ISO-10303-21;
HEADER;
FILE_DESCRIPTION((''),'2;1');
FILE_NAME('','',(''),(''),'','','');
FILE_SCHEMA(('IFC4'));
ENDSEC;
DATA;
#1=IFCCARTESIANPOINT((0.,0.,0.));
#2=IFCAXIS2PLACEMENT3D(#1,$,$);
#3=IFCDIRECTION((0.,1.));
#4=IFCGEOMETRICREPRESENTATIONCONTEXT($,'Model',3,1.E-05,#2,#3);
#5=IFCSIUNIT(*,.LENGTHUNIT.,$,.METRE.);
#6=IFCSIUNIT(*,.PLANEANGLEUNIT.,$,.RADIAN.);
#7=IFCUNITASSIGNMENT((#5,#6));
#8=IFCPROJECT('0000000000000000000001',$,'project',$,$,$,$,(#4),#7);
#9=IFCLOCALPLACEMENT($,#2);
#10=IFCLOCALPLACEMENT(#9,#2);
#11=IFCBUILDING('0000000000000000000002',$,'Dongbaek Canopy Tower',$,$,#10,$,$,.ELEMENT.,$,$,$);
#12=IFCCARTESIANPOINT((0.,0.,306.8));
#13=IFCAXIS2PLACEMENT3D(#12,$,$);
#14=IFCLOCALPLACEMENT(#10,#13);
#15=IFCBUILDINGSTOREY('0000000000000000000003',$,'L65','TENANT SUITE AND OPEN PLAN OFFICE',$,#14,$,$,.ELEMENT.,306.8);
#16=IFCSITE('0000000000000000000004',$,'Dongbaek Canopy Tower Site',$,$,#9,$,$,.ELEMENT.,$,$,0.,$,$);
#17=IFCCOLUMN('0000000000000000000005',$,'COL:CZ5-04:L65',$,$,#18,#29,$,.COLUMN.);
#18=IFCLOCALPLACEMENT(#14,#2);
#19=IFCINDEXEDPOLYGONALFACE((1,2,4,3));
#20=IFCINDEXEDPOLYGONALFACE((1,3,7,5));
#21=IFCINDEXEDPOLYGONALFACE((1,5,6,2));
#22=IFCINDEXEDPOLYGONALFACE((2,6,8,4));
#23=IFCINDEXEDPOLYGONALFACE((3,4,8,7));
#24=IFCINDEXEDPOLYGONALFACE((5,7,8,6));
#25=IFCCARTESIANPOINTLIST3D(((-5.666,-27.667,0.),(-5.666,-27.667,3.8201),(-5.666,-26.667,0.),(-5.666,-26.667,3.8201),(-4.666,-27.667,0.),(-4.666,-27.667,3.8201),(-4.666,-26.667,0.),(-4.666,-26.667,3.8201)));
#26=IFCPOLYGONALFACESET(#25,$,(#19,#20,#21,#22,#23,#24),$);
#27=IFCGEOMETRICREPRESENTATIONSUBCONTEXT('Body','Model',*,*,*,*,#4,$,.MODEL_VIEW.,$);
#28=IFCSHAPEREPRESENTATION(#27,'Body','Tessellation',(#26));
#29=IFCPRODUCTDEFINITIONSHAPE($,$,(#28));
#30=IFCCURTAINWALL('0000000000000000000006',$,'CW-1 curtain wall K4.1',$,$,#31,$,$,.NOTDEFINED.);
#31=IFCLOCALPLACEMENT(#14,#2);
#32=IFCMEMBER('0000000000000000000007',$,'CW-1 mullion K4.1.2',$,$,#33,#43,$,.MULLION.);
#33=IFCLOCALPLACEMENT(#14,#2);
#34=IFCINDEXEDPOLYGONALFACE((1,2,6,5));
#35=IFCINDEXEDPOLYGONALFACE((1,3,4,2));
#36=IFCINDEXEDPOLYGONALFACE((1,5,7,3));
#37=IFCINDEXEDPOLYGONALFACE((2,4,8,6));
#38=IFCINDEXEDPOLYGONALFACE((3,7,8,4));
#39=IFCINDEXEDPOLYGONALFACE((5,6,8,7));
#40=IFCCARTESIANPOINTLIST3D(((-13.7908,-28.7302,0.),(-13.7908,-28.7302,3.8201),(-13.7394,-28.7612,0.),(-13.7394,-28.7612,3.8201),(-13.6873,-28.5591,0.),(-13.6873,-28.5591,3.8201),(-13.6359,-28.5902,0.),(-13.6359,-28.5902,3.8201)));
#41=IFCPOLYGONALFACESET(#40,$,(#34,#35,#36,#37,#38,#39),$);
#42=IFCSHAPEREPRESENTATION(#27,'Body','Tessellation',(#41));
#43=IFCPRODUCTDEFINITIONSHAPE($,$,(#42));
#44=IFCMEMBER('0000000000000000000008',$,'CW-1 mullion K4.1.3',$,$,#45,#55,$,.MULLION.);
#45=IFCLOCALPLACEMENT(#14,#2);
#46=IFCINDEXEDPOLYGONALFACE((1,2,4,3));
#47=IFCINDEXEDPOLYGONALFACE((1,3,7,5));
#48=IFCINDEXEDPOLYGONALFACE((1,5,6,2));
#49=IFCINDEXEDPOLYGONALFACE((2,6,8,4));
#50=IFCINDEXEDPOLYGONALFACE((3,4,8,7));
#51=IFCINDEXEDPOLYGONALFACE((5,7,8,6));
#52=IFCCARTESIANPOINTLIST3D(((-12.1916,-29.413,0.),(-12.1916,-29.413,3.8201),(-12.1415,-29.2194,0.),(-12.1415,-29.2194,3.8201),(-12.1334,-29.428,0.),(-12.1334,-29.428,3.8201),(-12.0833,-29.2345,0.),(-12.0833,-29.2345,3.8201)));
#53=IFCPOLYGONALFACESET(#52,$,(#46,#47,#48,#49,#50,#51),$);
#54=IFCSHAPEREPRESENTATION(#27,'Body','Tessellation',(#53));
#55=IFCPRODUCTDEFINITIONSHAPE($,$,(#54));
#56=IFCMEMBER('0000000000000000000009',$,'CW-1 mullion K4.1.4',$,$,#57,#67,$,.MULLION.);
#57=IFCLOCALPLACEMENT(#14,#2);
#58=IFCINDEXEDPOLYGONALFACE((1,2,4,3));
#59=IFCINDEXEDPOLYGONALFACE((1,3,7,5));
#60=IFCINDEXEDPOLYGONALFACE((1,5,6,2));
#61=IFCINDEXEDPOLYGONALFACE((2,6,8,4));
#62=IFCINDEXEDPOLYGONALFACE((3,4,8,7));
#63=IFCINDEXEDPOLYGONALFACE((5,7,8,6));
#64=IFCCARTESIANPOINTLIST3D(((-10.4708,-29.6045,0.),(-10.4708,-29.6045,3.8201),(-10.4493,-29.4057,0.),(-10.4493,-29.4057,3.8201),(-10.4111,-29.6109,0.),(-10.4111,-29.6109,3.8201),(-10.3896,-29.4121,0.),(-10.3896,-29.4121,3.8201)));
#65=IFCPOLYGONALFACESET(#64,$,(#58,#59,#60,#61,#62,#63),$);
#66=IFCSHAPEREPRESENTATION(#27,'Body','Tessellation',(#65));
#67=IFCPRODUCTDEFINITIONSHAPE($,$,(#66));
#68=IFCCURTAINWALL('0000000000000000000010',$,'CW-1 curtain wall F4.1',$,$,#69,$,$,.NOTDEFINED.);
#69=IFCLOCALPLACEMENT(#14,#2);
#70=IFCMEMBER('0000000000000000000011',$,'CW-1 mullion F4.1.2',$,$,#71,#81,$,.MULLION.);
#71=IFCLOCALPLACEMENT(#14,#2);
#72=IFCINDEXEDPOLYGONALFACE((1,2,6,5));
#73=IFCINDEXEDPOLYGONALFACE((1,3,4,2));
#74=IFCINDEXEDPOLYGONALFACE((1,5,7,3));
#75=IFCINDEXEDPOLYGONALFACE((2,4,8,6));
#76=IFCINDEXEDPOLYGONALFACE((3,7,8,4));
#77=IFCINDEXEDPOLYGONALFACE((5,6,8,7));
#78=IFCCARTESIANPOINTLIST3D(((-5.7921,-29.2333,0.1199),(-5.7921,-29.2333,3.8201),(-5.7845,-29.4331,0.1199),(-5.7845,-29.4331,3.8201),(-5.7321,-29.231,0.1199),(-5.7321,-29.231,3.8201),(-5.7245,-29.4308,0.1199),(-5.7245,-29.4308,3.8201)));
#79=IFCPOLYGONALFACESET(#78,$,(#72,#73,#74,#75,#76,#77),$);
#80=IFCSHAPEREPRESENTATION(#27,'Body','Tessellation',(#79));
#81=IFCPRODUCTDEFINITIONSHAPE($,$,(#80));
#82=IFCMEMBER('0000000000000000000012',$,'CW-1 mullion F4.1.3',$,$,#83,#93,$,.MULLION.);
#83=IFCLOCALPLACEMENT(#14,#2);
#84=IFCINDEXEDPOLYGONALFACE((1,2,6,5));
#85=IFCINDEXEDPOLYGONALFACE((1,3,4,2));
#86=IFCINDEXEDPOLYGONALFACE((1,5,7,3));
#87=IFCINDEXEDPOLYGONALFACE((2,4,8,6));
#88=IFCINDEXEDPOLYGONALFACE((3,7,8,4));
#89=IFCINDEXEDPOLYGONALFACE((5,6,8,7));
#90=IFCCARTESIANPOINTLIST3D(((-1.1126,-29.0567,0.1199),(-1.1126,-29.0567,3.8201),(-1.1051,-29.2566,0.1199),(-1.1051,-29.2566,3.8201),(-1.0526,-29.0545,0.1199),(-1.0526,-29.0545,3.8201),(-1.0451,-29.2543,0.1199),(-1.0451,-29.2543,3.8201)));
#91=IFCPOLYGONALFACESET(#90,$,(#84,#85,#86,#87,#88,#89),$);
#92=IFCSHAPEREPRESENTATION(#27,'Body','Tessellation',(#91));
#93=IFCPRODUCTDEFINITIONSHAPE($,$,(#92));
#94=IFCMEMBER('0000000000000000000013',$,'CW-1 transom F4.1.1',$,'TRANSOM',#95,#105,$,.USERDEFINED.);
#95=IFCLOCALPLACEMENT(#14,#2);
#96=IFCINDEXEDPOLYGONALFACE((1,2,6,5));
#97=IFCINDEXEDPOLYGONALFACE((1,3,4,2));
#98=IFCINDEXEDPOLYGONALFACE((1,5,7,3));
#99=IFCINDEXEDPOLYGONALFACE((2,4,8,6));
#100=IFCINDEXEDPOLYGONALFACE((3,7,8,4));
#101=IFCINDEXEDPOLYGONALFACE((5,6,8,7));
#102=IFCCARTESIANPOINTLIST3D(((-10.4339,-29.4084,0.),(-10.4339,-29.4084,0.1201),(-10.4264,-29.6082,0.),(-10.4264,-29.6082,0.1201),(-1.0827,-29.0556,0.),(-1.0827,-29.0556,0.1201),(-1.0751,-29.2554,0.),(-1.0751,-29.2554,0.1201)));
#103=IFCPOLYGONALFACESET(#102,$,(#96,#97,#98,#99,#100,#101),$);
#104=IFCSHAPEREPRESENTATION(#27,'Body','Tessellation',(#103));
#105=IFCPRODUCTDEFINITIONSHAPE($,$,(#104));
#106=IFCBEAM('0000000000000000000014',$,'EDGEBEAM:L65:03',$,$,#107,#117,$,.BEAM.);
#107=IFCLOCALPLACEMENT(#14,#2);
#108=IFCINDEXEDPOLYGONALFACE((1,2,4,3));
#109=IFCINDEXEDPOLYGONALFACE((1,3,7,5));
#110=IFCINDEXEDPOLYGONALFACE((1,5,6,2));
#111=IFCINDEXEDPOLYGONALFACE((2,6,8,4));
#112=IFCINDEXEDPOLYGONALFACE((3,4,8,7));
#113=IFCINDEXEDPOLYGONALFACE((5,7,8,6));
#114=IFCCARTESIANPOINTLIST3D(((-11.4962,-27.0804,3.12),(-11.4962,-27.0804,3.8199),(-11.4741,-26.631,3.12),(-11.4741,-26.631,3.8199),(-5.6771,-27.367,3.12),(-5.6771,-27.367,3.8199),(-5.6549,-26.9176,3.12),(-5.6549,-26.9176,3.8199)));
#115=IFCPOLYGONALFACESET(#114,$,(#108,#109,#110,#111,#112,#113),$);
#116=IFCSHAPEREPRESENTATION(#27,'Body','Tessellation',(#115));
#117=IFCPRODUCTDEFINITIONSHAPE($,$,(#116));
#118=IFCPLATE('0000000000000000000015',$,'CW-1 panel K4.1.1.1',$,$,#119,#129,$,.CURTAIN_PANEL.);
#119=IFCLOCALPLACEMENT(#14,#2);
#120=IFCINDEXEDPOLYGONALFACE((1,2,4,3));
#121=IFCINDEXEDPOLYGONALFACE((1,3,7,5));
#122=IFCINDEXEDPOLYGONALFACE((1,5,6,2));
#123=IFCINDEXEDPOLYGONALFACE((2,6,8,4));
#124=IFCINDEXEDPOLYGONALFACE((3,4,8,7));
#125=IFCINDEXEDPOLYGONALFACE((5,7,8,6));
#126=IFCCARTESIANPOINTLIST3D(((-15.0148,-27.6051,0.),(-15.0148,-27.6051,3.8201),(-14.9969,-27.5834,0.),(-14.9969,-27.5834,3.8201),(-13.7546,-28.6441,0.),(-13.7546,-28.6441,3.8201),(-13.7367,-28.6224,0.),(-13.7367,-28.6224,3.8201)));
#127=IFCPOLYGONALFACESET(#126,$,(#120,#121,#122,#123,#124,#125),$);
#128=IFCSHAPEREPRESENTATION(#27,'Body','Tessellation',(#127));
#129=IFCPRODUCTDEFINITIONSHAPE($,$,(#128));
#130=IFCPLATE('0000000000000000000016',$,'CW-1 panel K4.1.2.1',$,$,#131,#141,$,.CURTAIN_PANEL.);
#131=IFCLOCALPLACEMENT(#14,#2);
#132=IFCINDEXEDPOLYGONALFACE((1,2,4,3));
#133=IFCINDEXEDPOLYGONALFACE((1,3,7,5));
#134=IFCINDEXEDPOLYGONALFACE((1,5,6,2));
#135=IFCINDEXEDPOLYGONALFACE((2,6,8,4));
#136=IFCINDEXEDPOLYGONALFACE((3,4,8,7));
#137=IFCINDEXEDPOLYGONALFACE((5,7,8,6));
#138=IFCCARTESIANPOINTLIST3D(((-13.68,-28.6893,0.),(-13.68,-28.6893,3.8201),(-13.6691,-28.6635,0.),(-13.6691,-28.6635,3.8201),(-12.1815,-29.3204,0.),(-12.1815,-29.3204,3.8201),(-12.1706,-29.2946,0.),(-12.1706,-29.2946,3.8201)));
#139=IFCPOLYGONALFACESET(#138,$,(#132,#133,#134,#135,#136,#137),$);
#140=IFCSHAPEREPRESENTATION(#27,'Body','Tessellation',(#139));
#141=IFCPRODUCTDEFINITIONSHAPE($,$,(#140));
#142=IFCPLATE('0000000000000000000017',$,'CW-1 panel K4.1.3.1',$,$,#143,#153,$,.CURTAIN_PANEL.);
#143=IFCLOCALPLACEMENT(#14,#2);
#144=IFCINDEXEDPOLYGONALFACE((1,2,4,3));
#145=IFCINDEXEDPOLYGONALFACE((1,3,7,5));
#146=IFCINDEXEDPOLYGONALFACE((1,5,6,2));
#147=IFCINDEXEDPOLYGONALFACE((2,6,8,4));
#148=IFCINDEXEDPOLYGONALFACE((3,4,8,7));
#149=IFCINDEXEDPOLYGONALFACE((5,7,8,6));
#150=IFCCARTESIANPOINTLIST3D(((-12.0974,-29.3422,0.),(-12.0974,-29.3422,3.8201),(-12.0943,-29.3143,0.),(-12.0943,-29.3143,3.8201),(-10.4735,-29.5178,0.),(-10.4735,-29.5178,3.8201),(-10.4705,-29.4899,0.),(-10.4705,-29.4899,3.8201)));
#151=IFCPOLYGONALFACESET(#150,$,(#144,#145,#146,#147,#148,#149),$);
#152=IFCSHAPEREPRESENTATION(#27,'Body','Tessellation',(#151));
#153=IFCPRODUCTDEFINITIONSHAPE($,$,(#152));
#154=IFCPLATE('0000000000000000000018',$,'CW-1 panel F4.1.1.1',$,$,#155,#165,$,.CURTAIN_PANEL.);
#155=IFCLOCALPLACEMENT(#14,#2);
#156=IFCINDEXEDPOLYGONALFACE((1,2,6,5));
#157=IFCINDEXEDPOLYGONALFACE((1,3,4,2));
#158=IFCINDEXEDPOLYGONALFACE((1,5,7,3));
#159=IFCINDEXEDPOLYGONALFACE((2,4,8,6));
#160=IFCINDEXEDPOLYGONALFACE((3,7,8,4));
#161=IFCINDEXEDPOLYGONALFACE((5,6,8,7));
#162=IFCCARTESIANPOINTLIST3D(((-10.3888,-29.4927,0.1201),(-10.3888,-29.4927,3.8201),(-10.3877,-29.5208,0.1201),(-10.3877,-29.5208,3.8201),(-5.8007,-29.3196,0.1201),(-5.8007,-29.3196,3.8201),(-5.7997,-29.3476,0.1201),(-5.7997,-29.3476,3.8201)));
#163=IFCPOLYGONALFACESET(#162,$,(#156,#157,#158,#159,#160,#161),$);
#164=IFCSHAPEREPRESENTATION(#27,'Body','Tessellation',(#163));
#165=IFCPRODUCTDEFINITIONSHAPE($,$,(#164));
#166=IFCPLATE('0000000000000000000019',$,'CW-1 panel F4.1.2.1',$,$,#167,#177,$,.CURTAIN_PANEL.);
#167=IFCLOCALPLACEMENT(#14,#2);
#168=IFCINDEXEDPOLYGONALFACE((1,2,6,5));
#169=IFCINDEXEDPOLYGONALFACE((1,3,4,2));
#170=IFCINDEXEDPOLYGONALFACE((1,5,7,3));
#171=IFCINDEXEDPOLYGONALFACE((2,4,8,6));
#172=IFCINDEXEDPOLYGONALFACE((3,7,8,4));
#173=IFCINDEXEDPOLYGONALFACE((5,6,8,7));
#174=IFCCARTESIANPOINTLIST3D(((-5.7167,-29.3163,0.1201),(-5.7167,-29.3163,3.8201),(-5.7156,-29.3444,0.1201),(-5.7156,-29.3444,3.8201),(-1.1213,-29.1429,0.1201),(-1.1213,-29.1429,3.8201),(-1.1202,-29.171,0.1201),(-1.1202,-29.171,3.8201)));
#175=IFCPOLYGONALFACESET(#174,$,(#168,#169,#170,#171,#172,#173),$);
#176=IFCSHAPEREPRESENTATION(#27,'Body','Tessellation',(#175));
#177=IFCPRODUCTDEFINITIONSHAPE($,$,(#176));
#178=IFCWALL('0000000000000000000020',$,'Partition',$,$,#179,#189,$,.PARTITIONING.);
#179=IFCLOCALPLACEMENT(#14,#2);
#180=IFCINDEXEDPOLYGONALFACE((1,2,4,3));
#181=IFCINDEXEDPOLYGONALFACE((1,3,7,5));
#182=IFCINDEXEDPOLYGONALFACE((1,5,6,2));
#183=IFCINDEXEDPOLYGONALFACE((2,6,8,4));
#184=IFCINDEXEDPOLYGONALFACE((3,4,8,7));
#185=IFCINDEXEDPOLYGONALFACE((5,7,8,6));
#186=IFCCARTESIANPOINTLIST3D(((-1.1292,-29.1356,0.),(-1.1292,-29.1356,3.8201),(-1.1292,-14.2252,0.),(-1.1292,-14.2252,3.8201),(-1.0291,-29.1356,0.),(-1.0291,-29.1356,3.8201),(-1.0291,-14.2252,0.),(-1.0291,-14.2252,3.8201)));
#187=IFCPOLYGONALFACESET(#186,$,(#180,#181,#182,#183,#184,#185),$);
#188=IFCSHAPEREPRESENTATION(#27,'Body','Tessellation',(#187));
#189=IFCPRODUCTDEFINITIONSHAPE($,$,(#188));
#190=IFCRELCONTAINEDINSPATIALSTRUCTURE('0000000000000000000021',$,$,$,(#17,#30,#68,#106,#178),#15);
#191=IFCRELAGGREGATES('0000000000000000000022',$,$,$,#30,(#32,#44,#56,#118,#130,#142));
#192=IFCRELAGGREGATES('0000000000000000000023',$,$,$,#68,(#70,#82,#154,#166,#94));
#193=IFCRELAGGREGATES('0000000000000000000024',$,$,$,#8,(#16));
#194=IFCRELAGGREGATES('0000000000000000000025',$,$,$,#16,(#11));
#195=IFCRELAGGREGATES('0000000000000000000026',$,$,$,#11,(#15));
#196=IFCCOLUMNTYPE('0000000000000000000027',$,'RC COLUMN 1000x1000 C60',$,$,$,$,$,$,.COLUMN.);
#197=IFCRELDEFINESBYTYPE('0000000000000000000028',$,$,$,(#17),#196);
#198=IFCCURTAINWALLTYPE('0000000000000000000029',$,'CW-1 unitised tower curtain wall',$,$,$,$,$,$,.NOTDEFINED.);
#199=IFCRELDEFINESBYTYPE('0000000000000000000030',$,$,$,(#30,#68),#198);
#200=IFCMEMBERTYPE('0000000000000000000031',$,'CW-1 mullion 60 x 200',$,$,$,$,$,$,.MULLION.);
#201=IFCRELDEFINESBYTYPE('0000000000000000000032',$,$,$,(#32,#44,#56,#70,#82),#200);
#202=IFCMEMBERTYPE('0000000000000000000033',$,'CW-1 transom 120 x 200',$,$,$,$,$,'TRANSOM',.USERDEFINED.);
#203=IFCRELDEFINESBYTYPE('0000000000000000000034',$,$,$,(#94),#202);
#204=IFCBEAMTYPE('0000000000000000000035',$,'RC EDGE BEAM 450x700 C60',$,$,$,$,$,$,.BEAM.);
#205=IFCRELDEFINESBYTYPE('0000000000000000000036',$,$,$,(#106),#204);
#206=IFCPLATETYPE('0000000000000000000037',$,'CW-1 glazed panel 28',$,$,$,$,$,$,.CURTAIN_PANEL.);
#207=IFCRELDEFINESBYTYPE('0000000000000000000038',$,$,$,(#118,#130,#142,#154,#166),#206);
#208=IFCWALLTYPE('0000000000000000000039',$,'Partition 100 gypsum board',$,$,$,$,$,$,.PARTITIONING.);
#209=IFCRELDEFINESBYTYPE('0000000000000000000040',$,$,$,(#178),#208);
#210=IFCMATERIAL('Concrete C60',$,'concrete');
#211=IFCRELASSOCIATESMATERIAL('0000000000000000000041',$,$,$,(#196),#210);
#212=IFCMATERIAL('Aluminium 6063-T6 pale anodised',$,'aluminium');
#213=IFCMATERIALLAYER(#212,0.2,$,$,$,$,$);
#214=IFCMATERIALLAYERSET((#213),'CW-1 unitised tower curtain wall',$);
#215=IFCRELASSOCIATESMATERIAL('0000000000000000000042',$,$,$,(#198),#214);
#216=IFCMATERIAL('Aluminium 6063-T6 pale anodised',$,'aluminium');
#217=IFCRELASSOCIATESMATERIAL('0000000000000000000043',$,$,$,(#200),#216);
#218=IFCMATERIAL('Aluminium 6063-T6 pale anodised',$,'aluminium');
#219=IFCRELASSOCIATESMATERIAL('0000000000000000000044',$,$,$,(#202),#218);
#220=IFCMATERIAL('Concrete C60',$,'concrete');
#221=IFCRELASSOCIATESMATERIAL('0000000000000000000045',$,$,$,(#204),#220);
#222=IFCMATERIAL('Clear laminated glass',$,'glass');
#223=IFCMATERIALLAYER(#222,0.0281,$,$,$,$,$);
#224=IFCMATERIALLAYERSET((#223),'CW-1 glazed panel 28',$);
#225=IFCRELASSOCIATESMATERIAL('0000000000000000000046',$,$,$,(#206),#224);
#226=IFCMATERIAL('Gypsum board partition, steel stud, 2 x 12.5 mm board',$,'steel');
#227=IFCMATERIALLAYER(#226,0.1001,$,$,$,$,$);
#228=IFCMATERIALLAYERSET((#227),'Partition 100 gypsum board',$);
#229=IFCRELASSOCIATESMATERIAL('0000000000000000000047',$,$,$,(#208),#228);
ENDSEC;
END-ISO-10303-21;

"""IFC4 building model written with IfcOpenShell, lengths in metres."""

from ifc_helpers import new_model, si_unit, direction, frame, frame_2d, origin, origin_2d, place, context, subcontext, project, spatial, rectangle, extrude, material, layer, layer_set, material_profile, profile_set, type_object, element, aggregate, save


model = new_model("IFC4")

# Units and contexts
model_context = context("Model", 3, precision=1e-05, world=origin(), true_north=direction((0.0, 1.0)))
body_context = subcontext(model_context, "Body", "Model", "MODEL_VIEW")
ifc_project = project(units=[si_unit("LENGTHUNIT", "METRE"), si_unit("PLANEANGLEUNIT", "RADIAN")], contexts=[model_context])

# Site, building, storey
site_placement = place(None, origin())
site = spatial("IfcSite", under=ifc_project, at=site_placement, Name="Dongbaek Canopy Tower Site", CompositionType="ELEMENT", RefElevation=0.0)
building_placement = place(site_placement, origin())
building = spatial("IfcBuilding", under=site, at=building_placement, Name="Dongbaek Canopy Tower", CompositionType="ELEMENT")
storey_placement = place(building_placement, frame((0.0, 0.0, 306.8)))
storey = spatial("IfcBuildingStorey", under=building, at=storey_placement, Name="L65", Description="TENANT SUITE AND OPEN PLAN OFFICE", CompositionType="ELEMENT", Elevation=306.8)

# Column
ifc_material_1 = material(Name="Concrete C60", Category="concrete")
ifc_material_profile_1 = material_profile(ifc_material_1, rectangle(XDim=1.0, YDim=1.0, at=origin_2d()), Name="RC COLUMN 1000x1000 C60")
ifc_profile_set_1 = profile_set([ifc_material_profile_1], Name="Concrete C60")
column_type = type_object("IfcColumnType", Name="RC COLUMN 1000x1000 C60", PredefinedType="COLUMN", material=ifc_profile_set_1)
column_placement = place(storey_placement, frame((-5.166, -27.167, 0.0), z_axis=(0.0, 0.0, 1.0), x_axis=(1.0, 0.0, 0.0)))
element("IfcColumn", 1, at=column_placement, inside=storey, type_object=column_type, Name="COL:CZ5-04:L65", PredefinedType="COLUMN", context=body_context, shape_type="SweptSolid", body=[
    extrude(rectangle(XDim=1.0, YDim=1.0, at=origin_2d()), origin(), (0.0, 0.0, 1.0), 3.8201),
])

# Curtain walls, members
ifc_material_2 = material(Name="Aluminium 6063-T6 pale anodised", Category="aluminium")
ifc_layer_1 = layer(ifc_material_2, 0.2)
ifc_layer_set_1 = layer_set([ifc_layer_1], Name="CW-1 unitised tower curtain wall")
curtain_wall_type = type_object("IfcCurtainWallType", Name="CW-1 unitised tower curtain wall", PredefinedType="NOTDEFINED", material=ifc_layer_set_1)
curtain_wall_1_placement = place(storey_placement, origin())
curtain_wall_1 = element("IfcCurtainWall", 2, at=curtain_wall_1_placement, inside=storey, type_object=curtain_wall_type, Name="CW-1 curtain wall K4.1", PredefinedType="NOTDEFINED")
ifc_material_3 = material(Name="Aluminium 6063-T6 pale anodised", Category="aluminium")
ifc_material_profile_2 = material_profile(ifc_material_3, rectangle(XDim=0.2, YDim=0.0601, at=origin_2d()), Name="CW-1 mullion 60 x 200")
ifc_profile_set_2 = profile_set([ifc_material_profile_2], Name="Aluminium 6063-T6 pale anodised")
member_type_1 = type_object("IfcMemberType", Name="CW-1 mullion 60 x 200", PredefinedType="MULLION", material=ifc_profile_set_2)
member_1_placement = place(storey_placement, frame((-13.7134, -28.6602, 0.0), z_axis=(0.0, 0.0, 1.0), x_axis=(-0.517606, -0.855619, 0.0)))
member_1 = element("IfcMember", 3, at=member_1_placement, type_object=member_type_1, Name="CW-1 mullion K4.1.2", PredefinedType="MULLION", context=body_context, shape_type="SweptSolid", body=[
    extrude(rectangle(XDim=0.2, YDim=0.0601, at=origin_2d()), origin(), (0.0, 0.0, 1.0), 3.8201),
])
member_2_placement = place(storey_placement, frame((-12.1375, -29.3237, 0.0), z_axis=(0.0, 0.0, 1.0), x_axis=(-0.250469, -0.968125, 0.0)))
member_2 = element("IfcMember", 4, at=member_2_placement, type_object=member_type_1, Name="CW-1 mullion K4.1.3", PredefinedType="MULLION", context=body_context, shape_type="SweptSolid", body=[
    extrude(rectangle(XDim=0.2, YDim=0.0601, at=origin_2d()), origin(), (0.0, 0.0, 1.0), 3.8201),
])
member_3_placement = place(storey_placement, frame((-10.4302, -29.5083, 0.0), z_axis=(0.0, 0.0, 1.0), x_axis=(-0.107514, -0.994204, 0.0)))
member_3 = element("IfcMember", 5, at=member_3_placement, type_object=member_type_1, Name="CW-1 mullion K4.1.4", PredefinedType="MULLION", context=body_context, shape_type="SweptSolid", body=[
    extrude(rectangle(XDim=0.2, YDim=0.0601, at=origin_2d()), origin(), (0.0, 0.0, 1.0), 3.8201),
])
curtain_wall_2_placement = place(storey_placement, origin())
curtain_wall_2 = element("IfcCurtainWall", 6, at=curtain_wall_2_placement, inside=storey, type_object=curtain_wall_type, Name="CW-1 curtain wall F4.1", PredefinedType="NOTDEFINED")
member_4_placement = place(storey_placement, frame((-5.7583, -29.332, 0.1199), z_axis=(0.0, 0.0, 1.0), x_axis=(0.037712, -0.999289, 0.0)))
member_4 = element("IfcMember", 7, at=member_4_placement, type_object=member_type_1, Name="CW-1 mullion F4.1.2", PredefinedType="MULLION", context=body_context, shape_type="SweptSolid", body=[
    extrude(rectangle(XDim=0.2, YDim=0.0601, at=origin_2d()), origin(), (0.0, 0.0, 1.0), 3.7002),
])
member_5_placement = place(storey_placement, frame((-1.0789, -29.1555, 0.1199), z_axis=(0.0, 0.0, 1.0), x_axis=(0.037712, -0.999289, 0.0)))
member_5 = element("IfcMember", 8, at=member_5_placement, type_object=member_type_1, Name="CW-1 mullion F4.1.3", PredefinedType="MULLION", context=body_context, shape_type="SweptSolid", body=[
    extrude(rectangle(XDim=0.2, YDim=0.0601, at=origin_2d()), origin(), (0.0, 0.0, 1.0), 3.7002),
])
ifc_material_4 = material(Name="Aluminium 6063-T6 pale anodised", Category="aluminium")
ifc_material_profile_3 = material_profile(ifc_material_4, rectangle(XDim=0.2, YDim=0.1201, at=origin_2d()), Name="CW-1 transom 120 x 200")
ifc_profile_set_3 = profile_set([ifc_material_profile_3], Name="Aluminium 6063-T6 pale anodised")
member_type_2 = type_object("IfcMemberType", Name="CW-1 transom 120 x 200", ElementType="TRANSOM", PredefinedType="USERDEFINED", material=ifc_profile_set_3)
member_6_placement = place(storey_placement, frame((-10.4302, -29.5083, 0.0601), z_axis=(0.999289, 0.037699, 0.0), x_axis=(-0.037699, 0.999289, 0.0)))
member_6 = element("IfcMember", 9, at=member_6_placement, type_object=member_type_2, Name="CW-1 transom F4.1.1", ObjectType="TRANSOM", PredefinedType="USERDEFINED", context=body_context, shape_type="SweptSolid", body=[
    extrude(rectangle(XDim=0.2, YDim=0.1201, at=origin_2d()), origin(), (0.0, 0.0, 1.0), 9.3579),
])

# Beam
ifc_material_5 = material(Name="Concrete C60", Category="concrete")
ifc_material_profile_4 = material_profile(ifc_material_5, rectangle(XDim=0.45, YDim=0.7, at=origin_2d()), Name="RC EDGE BEAM 450x700 C60")
ifc_profile_set_4 = profile_set([ifc_material_profile_4], Name="Concrete C60")
beam_type = type_object("IfcBeamType", Name="RC EDGE BEAM 450x700 C60", PredefinedType="BEAM", material=ifc_profile_set_4)
beam_placement = place(storey_placement, frame((-5.666, -27.1423, 3.47), z_axis=(-0.998789, 0.049196, 0.0), x_axis=(-0.049196, -0.998789, 0.0)))
element("IfcBeam", 10, at=beam_placement, inside=storey, type_object=beam_type, Name="EDGEBEAM:L65:03", PredefinedType="BEAM", context=body_context, shape_type="SweptSolid", body=[
    extrude(rectangle(XDim=0.45, YDim=0.7, at=origin_2d()), origin(), (0.0, 0.0, 1.0), 5.8262),
])

# Plates
ifc_material_6 = material(Name="Clear laminated glass", Category="glass")
ifc_layer_2 = layer(ifc_material_6, 0.0281)
ifc_layer_set_2 = layer_set([ifc_layer_2], Name="CW-1 glazed panel 28")
plate_type = type_object("IfcPlateType", Name="CW-1 glazed panel 28", PredefinedType="CURTAIN_PANEL", material=ifc_layer_set_2)
plate_1_placement = place(storey_placement, frame((-14.3757, -28.1138, 0.0), z_axis=(0.0, 0.0, 1.0), x_axis=(0.771568, -0.636147, 0.0)))
plate_1 = element("IfcPlate", 11, at=plate_1_placement, type_object=plate_type, Name="CW-1 panel K4.1.1.1", PredefinedType="CURTAIN_PANEL", context=body_context, shape_type="SweptSolid", body=[
    extrude(rectangle(XDim=1.6333, YDim=0.0281, at=origin_2d()), origin(), (0.0, 0.0, 1.0), 3.8201),
])
plate_2_placement = place(storey_placement, frame((-12.9253, -28.9919, 0.0), z_axis=(0.0, 0.0, 1.0), x_axis=(0.921602, -0.388136, 0.0)))
plate_2 = element("IfcPlate", 12, at=plate_2_placement, type_object=plate_type, Name="CW-1 panel K4.1.2.1", PredefinedType="CURTAIN_PANEL", context=body_context, shape_type="SweptSolid", body=[
    extrude(rectangle(XDim=1.626, YDim=0.0281, at=origin_2d()), origin(), (0.0, 0.0, 1.0), 3.8201),
])
plate_3_placement = place(storey_placement, frame((-11.2839, -29.416, 0.0), z_axis=(0.0, 0.0, 1.0), x_axis=(0.994204, -0.107514, 0.0)))
plate_3 = element("IfcPlate", 13, at=plate_3_placement, type_object=plate_type, Name="CW-1 panel K4.1.3.1", PredefinedType="CURTAIN_PANEL", context=body_context, shape_type="SweptSolid", body=[
    extrude(rectangle(XDim=1.6333, YDim=0.0281, at=origin_2d()), origin(), (0.0, 0.0, 1.0), 3.8201),
])
aggregate(curtain_wall_1, [member_1, member_2, member_3, plate_1, plate_2, plate_3])
plate_4_placement = place(storey_placement, frame((-8.0942, -29.4202, 0.1201), z_axis=(0.0, 0.0, 1.0), x_axis=(0.999289, 0.037712, 0.0)))
plate_4 = element("IfcPlate", 14, at=plate_4_placement, type_object=plate_type, Name="CW-1 panel F4.1.1.1", PredefinedType="CURTAIN_PANEL", context=body_context, shape_type="SweptSolid", body=[
    extrude(rectangle(XDim=4.5913, YDim=0.0281, at=origin_2d()), origin(), (0.0, 0.0, 1.0), 3.7),
])
plate_5_placement = place(storey_placement, frame((-3.4185, -29.2437, 0.1201), z_axis=(0.0, 0.0, 1.0), x_axis=(0.999289, 0.037712, 0.0)))
plate_5 = element("IfcPlate", 15, at=plate_5_placement, type_object=plate_type, Name="CW-1 panel F4.1.2.1", PredefinedType="CURTAIN_PANEL", context=body_context, shape_type="SweptSolid", body=[
    extrude(rectangle(XDim=4.5986, YDim=0.0281, at=origin_2d()), origin(), (0.0, 0.0, 1.0), 3.7),
])

# Wall
ifc_material_7 = material(Name="Gypsum board partition, steel stud, 2 x 12.5 mm board", Category="steel")
ifc_layer_3 = layer(ifc_material_7, 0.1001)
ifc_layer_set_3 = layer_set([ifc_layer_3], Name="Partition 100 gypsum board")
wall_type_1 = type_object("IfcWallType", Name="Partition 100 gypsum board", PredefinedType="PARTITIONING", material=ifc_layer_set_3)
wall_1_placement = place(storey_placement, frame((-1.0791, -29.1355, 0.0), z_axis=(0.0, 0.0, 1.0), x_axis=(0.0, 1.0, 0.0)))
element("IfcWall", 16, at=wall_1_placement, inside=storey, type_object=wall_type_1, Name="Partition", PredefinedType="PARTITIONING", context=body_context, shape_type="SweptSolid", body=[
    extrude(rectangle(XDim=14.9104, YDim=0.1001, at=frame_2d((7.4551, 0.0))), origin(), (0.0, 0.0, 1.0), 3.8201),
])

aggregate(curtain_wall_2, [member_4, member_5, plate_4, plate_5, member_6])

save(model, "model.ifc")
